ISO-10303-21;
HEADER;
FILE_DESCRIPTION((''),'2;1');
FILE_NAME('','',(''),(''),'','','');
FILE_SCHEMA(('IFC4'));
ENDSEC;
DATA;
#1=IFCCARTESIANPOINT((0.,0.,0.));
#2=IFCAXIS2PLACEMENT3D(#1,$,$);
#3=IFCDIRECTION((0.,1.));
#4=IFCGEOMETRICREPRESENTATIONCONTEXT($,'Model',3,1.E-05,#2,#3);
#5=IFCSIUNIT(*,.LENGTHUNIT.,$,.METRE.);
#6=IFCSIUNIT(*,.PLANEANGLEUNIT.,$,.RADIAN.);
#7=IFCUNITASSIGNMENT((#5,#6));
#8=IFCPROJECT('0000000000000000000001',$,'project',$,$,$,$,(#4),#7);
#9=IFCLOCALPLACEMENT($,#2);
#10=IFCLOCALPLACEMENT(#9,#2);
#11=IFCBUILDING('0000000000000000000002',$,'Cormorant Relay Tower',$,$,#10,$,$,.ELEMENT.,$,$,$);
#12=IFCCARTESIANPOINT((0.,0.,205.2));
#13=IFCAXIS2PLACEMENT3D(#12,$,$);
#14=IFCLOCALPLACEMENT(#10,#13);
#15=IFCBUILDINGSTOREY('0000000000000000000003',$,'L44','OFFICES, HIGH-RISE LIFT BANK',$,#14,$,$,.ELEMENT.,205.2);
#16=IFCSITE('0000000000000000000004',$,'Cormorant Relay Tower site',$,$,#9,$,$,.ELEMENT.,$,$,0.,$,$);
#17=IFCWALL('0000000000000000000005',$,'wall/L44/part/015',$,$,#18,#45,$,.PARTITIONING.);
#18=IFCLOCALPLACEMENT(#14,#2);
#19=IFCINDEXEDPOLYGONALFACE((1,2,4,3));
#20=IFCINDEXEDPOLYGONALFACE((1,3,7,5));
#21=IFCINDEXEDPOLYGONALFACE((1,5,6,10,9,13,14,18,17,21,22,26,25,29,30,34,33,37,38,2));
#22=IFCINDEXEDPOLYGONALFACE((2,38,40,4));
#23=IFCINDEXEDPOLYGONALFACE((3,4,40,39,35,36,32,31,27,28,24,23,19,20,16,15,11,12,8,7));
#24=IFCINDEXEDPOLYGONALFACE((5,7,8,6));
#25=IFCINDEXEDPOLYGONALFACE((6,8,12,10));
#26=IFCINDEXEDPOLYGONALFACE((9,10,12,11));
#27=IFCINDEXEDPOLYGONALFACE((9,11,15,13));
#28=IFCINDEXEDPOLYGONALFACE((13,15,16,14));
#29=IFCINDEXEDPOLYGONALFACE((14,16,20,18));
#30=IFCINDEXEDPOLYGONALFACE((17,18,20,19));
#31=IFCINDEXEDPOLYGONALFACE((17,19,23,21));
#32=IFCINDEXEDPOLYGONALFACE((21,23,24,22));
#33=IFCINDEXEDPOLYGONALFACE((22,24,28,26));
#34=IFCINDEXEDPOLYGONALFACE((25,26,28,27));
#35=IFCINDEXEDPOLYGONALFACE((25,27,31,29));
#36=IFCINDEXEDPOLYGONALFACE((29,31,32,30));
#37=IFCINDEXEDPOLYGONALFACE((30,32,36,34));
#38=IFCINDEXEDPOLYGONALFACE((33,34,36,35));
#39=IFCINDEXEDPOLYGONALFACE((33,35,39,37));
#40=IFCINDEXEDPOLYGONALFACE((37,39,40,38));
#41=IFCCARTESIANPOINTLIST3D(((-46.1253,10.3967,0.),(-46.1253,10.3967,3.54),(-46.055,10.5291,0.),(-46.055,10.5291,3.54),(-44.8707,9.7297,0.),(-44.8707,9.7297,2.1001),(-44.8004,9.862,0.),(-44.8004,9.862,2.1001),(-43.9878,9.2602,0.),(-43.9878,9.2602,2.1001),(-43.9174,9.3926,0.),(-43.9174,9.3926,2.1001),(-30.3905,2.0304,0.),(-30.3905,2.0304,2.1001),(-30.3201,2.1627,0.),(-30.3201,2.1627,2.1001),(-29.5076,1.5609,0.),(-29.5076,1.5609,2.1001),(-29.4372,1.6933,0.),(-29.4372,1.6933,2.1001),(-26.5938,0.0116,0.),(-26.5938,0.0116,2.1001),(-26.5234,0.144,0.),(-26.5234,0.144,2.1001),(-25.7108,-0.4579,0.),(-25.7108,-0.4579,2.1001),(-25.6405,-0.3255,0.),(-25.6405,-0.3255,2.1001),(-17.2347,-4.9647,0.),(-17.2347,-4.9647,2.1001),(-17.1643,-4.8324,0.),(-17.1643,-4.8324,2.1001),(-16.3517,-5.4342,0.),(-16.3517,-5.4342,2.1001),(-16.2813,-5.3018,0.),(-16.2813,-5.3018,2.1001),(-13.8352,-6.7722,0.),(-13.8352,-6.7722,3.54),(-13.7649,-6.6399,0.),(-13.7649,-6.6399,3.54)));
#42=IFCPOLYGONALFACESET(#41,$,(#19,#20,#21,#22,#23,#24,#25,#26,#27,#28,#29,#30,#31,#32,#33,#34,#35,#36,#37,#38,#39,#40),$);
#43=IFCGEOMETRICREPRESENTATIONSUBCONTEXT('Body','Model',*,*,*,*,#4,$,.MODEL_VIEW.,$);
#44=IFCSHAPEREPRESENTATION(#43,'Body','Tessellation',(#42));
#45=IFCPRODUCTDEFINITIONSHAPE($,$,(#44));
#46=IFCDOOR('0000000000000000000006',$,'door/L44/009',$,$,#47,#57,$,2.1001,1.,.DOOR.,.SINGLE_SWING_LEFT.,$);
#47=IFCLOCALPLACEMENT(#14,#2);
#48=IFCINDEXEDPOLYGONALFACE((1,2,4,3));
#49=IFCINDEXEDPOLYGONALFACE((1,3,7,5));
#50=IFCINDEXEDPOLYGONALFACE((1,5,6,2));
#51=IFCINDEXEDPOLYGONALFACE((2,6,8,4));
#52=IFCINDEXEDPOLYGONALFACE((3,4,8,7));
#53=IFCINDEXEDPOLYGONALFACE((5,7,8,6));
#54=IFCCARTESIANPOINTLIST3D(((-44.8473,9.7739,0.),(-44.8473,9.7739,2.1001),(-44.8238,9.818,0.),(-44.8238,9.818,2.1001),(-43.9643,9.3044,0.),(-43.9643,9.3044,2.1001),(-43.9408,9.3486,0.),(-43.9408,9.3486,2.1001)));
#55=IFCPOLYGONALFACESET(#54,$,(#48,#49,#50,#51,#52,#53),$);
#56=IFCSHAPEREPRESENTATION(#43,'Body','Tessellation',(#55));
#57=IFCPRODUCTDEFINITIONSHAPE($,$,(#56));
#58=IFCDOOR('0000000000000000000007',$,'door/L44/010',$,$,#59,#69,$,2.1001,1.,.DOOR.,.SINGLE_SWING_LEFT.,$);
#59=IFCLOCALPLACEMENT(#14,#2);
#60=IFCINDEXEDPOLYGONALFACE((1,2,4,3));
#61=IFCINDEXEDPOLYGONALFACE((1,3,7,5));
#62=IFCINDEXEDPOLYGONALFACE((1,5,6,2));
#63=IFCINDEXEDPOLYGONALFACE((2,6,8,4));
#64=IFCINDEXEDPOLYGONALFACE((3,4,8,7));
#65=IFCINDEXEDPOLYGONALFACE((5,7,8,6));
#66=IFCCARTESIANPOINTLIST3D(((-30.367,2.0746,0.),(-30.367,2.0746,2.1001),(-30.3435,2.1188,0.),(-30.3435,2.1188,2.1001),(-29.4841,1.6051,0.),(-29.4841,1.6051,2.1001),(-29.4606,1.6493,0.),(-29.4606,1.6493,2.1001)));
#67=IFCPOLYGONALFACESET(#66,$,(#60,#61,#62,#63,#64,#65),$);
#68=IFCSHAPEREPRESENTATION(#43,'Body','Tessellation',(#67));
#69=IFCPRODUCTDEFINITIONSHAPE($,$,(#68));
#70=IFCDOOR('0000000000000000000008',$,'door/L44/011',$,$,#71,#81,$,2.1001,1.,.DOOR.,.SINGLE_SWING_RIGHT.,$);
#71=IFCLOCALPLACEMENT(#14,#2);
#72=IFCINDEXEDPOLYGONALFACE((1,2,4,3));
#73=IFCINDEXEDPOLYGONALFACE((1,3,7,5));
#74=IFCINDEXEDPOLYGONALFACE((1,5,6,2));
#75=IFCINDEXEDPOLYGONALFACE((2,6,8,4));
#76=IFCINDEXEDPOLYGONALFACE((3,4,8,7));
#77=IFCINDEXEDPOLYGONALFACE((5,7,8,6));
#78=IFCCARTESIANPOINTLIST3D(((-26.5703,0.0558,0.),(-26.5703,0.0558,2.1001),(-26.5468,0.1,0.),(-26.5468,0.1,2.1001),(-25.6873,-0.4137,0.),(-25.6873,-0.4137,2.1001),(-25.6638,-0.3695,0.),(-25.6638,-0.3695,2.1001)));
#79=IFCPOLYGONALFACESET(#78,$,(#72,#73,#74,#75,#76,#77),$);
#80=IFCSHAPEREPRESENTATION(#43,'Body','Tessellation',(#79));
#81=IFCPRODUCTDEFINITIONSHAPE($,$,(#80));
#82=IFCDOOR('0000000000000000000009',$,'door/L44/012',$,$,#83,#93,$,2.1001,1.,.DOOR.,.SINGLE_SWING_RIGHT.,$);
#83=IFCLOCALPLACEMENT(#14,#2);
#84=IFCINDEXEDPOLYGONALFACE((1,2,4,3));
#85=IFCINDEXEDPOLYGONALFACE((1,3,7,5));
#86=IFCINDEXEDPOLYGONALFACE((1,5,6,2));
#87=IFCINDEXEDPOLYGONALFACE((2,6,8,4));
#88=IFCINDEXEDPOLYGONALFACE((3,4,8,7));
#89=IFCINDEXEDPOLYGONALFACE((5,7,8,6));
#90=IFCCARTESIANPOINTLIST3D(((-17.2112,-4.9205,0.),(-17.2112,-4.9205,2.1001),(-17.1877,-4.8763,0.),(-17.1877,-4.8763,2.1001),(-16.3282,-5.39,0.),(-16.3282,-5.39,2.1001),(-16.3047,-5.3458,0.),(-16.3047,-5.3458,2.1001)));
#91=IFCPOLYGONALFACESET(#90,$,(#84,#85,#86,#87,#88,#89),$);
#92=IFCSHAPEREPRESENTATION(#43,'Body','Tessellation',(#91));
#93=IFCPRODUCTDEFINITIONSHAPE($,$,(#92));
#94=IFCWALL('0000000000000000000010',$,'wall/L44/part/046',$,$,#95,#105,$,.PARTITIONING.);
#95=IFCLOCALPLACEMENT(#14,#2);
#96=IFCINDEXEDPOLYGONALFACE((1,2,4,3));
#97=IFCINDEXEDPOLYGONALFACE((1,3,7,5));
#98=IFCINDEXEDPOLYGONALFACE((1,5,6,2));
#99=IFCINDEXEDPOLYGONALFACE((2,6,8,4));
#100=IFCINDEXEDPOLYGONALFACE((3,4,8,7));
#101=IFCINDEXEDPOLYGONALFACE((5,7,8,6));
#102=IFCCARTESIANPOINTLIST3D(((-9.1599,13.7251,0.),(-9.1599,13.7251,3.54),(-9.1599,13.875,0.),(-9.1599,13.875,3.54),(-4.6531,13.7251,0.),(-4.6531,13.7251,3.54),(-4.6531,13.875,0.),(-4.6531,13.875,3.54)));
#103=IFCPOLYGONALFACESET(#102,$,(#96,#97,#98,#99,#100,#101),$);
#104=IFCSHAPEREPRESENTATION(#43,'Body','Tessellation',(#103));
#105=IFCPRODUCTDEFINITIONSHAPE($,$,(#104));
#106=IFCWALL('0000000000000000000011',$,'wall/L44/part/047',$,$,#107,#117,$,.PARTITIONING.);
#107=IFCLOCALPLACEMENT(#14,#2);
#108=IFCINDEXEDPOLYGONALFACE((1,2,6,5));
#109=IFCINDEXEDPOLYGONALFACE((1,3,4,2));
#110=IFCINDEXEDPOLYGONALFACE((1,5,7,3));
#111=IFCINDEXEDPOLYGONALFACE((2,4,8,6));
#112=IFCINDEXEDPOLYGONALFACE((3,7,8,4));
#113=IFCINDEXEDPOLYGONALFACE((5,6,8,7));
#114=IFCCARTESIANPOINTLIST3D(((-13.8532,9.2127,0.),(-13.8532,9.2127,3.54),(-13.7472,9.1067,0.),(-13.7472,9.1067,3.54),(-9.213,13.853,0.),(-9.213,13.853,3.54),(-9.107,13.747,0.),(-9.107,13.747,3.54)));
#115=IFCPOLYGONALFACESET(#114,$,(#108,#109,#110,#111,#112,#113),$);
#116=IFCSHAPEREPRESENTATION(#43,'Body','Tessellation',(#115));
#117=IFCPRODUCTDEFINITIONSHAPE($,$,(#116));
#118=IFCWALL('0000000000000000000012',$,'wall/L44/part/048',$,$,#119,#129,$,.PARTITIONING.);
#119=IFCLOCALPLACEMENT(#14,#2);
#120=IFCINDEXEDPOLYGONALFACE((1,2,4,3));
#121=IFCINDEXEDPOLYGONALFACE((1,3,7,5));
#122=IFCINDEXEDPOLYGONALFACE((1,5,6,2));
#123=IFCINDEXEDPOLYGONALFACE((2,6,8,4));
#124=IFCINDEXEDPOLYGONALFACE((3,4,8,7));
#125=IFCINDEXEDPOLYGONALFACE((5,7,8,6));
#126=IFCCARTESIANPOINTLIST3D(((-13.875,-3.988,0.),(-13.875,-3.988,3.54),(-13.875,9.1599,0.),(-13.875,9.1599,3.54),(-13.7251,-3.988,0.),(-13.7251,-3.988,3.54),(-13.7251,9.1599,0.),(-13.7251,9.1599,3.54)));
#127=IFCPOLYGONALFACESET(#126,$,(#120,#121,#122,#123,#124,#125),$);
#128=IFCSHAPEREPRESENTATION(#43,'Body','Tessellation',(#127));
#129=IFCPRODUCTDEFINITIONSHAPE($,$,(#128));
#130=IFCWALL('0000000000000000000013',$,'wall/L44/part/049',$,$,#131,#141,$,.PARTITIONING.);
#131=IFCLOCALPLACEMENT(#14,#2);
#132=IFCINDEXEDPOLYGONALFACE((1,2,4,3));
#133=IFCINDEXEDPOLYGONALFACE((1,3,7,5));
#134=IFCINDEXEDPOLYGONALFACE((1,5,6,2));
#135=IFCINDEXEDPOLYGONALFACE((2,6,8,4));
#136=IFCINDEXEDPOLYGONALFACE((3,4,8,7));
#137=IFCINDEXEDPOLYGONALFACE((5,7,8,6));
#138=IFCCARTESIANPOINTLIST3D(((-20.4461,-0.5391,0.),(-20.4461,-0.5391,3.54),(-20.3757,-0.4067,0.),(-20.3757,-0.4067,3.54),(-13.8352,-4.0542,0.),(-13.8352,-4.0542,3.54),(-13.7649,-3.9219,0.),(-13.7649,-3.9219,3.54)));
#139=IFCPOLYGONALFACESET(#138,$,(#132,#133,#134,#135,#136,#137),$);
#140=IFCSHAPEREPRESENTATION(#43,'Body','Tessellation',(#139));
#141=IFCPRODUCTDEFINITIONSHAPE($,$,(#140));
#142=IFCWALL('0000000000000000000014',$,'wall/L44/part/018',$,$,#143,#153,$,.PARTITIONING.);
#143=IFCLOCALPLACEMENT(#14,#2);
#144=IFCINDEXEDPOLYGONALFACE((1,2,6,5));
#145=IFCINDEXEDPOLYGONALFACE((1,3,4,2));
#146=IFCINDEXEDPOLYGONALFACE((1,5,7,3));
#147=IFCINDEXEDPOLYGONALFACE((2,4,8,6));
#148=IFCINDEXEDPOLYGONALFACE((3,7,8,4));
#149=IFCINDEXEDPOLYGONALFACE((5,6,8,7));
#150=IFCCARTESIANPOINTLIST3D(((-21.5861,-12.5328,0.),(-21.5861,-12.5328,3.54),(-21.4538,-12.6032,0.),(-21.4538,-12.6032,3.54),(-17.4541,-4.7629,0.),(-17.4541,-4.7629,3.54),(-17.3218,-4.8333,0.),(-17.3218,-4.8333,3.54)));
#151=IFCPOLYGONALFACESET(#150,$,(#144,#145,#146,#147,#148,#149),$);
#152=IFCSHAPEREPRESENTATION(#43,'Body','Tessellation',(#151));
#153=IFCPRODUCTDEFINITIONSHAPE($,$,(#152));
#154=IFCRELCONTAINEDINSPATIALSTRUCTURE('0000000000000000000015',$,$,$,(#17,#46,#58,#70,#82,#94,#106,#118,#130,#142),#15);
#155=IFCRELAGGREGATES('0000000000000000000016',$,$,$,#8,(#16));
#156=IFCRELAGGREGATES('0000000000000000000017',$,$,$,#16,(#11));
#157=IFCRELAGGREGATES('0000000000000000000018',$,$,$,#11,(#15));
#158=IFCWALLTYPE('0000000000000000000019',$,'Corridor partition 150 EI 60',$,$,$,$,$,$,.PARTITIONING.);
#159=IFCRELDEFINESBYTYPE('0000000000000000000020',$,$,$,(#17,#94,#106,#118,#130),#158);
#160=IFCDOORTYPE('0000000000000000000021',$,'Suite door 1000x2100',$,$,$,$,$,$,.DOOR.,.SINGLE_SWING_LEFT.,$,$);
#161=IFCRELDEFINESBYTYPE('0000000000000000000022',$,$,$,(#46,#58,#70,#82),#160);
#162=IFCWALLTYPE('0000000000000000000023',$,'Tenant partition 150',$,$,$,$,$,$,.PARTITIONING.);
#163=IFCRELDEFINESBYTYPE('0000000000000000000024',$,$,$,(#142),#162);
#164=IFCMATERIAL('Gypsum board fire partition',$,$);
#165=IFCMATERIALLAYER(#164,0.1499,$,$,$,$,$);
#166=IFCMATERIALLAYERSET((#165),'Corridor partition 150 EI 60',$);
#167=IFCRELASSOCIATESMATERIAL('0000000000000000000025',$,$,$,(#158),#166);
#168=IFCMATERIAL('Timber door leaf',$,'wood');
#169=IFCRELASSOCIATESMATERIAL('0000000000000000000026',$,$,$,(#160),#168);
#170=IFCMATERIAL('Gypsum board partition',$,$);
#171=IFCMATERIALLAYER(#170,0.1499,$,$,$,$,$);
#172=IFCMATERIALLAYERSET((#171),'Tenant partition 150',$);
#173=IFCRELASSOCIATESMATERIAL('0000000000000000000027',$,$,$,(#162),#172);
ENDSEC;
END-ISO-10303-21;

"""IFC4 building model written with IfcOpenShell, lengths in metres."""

from ifc_helpers import new_model, si_unit, direction, frame, frame_2d, origin, place, context, subcontext, project, spatial, rectangle, extrude, material, layer, layer_set, type_object, element, fill, save


model = new_model("IFC4")

# Units and contexts
model_context = context("Model", 3, precision=1e-05, world=origin(), true_north=direction((0.0, 1.0)))
body_context = subcontext(model_context, "Body", "Model", "MODEL_VIEW")
ifc_project = project(units=[si_unit("LENGTHUNIT", "METRE"), si_unit("PLANEANGLEUNIT", "RADIAN")], contexts=[model_context])

# Site, building, storey
site_placement = place(None, origin())
site = spatial("IfcSite", under=ifc_project, at=site_placement, Name="Cormorant Relay Tower site", CompositionType="ELEMENT", RefElevation=0.0)
building_placement = place(site_placement, origin())
building = spatial("IfcBuilding", under=site, at=building_placement, Name="Cormorant Relay Tower", CompositionType="ELEMENT")
storey_placement = place(building_placement, frame((0.0, 0.0, 205.2)))
storey = spatial("IfcBuildingStorey", under=building, at=storey_placement, Name="L44", Description="OFFICES, HIGH-RISE LIFT BANK", CompositionType="ELEMENT", Elevation=205.2)

# Wall, openings, doors
ifc_material_1 = material(Name="Gypsum board fire partition")
ifc_layer_1 = layer(ifc_material_1, 0.1499)
ifc_layer_set_1 = layer_set([ifc_layer_1], Name="Corridor partition 150 EI 60")
wall_type_1 = type_object("IfcWallType", Name="Corridor partition 150 EI 60", PredefinedType="PARTITIONING", material=ifc_layer_set_1)
wall_1_placement = place(storey_placement, frame((-13.8, -6.7061, 0.0), z_axis=(0.0, 0.0, 1.0), x_axis=(-0.882947, 0.469472, 0.0)))
wall_1 = element("IfcWall", 1, at=wall_1_placement, inside=storey, type_object=wall_type_1, Name="wall/L44/part/015", PredefinedType="PARTITIONING", context=body_context, shape_type="SweptSolid", body=[
    extrude(rectangle(XDim=36.5708, YDim=0.1499, at=frame_2d((18.2854, 0.0))), origin(), (0.0, 0.0, 1.0), 3.54),
])
opening_1_placement = place(wall_1_placement, frame((34.1499, 0.0, 0.0)))
opening_1 = element("IfcOpeningElement", 2, at=opening_1_placement, cuts=wall_1, PredefinedType="OPENING", context=body_context, shape_type="SweptSolid", body=[
    extrude(rectangle(XDim=1.0, YDim=2.1001, at=frame_2d((0.5, 1.05))), frame((0.0, 0.085, 0.0), z_axis=(0.0, -1.0, 0.0), x_axis=(1.0, 0.0, 0.0)), (0.0, 0.0, 1.0), 0.1699),
])
opening_2_placement = place(wall_1_placement, frame((17.75, 0.0, 0.0)))
opening_2 = element("IfcOpeningElement", 3, at=opening_2_placement, cuts=wall_1, PredefinedType="OPENING", context=body_context, shape_type="SweptSolid", body=[
    extrude(rectangle(XDim=1.0, YDim=2.1001, at=frame_2d((0.5, 1.05))), frame((0.0, 0.085, 0.0), z_axis=(0.0, -1.0, 0.0), x_axis=(1.0, 0.0, 0.0)), (0.0, 0.0, 1.0), 0.1699),
])
opening_3_placement = place(wall_1_placement, frame((13.45, 0.0, 0.0)))
opening_3 = element("IfcOpeningElement", 4, at=opening_3_placement, cuts=wall_1, PredefinedType="OPENING", context=body_context, shape_type="SweptSolid", body=[
    extrude(rectangle(XDim=1.0, YDim=2.1001, at=frame_2d((0.5, 1.05))), frame((0.0, 0.085, 0.0), z_axis=(0.0, -1.0, 0.0), x_axis=(1.0, 0.0, 0.0)), (0.0, 0.0, 1.0), 0.1699),
])
opening_4_placement = place(wall_1_placement, frame((2.8501, 0.0, 0.0)))
opening_4 = element("IfcOpeningElement", 5, at=opening_4_placement, cuts=wall_1, PredefinedType="OPENING", context=body_context, shape_type="SweptSolid", body=[
    extrude(rectangle(XDim=1.0, YDim=2.1001, at=frame_2d((0.5, 1.05))), frame((0.0, 0.085, 0.0), z_axis=(0.0, -1.0, 0.0), x_axis=(1.0, 0.0, 0.0)), (0.0, 0.0, 1.0), 0.1699),
])
ifc_material_2 = material(Name="Timber door leaf", Category="wood")
door_type_1 = type_object("IfcDoorType", Name="Suite door 1000x2100", OperationType="SINGLE_SWING_LEFT", PredefinedType="DOOR", material=ifc_material_2)
door_1_placement = place(opening_1_placement, origin())
door_1 = element("IfcDoor", 6, at=door_1_placement, inside=storey, type_object=door_type_1, Name="door/L44/009", OperationType="SINGLE_SWING_LEFT", OverallHeight=2.1001, OverallWidth=1.0, PredefinedType="DOOR", context=body_context, shape_type="SweptSolid", body=[
    extrude(rectangle(XDim=1.0, YDim=2.1001, at=frame_2d((0.5, 1.05))), frame((0.0, 0.0249, 0.0), z_axis=(0.0, -1.0, 0.0), x_axis=(1.0, 0.0, 0.0)), (0.0, 0.0, 1.0), 0.05),
])
fill(opening_1, door_1)
door_2_placement = place(opening_2_placement, origin())
door_2 = element("IfcDoor", 7, at=door_2_placement, inside=storey, type_object=door_type_1, Name="door/L44/010", OperationType="SINGLE_SWING_LEFT", OverallHeight=2.1001, OverallWidth=1.0, PredefinedType="DOOR", context=body_context, shape_type="SweptSolid", body=[
    extrude(rectangle(XDim=1.0, YDim=2.1001, at=frame_2d((0.5, 1.05))), frame((0.0, 0.0249, 0.0), z_axis=(0.0, -1.0, 0.0), x_axis=(1.0, 0.0, 0.0)), (0.0, 0.0, 1.0), 0.05),
])
fill(opening_2, door_2)
door_3_placement = place(opening_3_placement, origin())
door_3 = element("IfcDoor", 8, at=door_3_placement, inside=storey, type_object=door_type_1, Name="door/L44/011", OperationType="SINGLE_SWING_RIGHT", OverallHeight=2.1001, OverallWidth=1.0, PredefinedType="DOOR", context=body_context, shape_type="SweptSolid", body=[
    extrude(rectangle(XDim=1.0, YDim=2.1001, at=frame_2d((0.5, 1.05))), frame((0.0, 0.0249, 0.0), z_axis=(0.0, -1.0, 0.0), x_axis=(1.0, 0.0, 0.0)), (0.0, 0.0, 1.0), 0.05),
])
fill(opening_3, door_3)
door_4_placement = place(opening_4_placement, origin())
door_4 = element("IfcDoor", 9, at=door_4_placement, inside=storey, type_object=door_type_1, Name="door/L44/012", OperationType="SINGLE_SWING_RIGHT", OverallHeight=2.1001, OverallWidth=1.0, PredefinedType="DOOR", context=body_context, shape_type="SweptSolid", body=[
    extrude(rectangle(XDim=1.0, YDim=2.1001, at=frame_2d((0.5, 1.05))), frame((0.0, 0.0249, 0.0), z_axis=(0.0, -1.0, 0.0), x_axis=(1.0, 0.0, 0.0)), (0.0, 0.0, 1.0), 0.05),
])
fill(opening_4, door_4)

# Walls
wall_2_placement = place(storey_placement, frame((-4.6531, 13.8, 0.0), z_axis=(0.0, 0.0, 1.0), x_axis=(-1.0, 0.0, 0.0)))
element("IfcWall", 10, at=wall_2_placement, inside=storey, type_object=wall_type_1, Name="wall/L44/part/046", PredefinedType="PARTITIONING", context=body_context, shape_type="SweptSolid", body=[
    extrude(rectangle(XDim=4.5068, YDim=0.1499, at=frame_2d((2.2534, 0.0))), origin(), (0.0, 0.0, 1.0), 3.54),
])
wall_3_placement = place(storey_placement, frame((-9.1599, 13.8, 0.0), z_axis=(0.0, 0.0, 1.0), x_axis=(-0.707107, -0.707107, 0.0)))
element("IfcWall", 11, at=wall_3_placement, inside=storey, type_object=wall_type_1, Name="wall/L44/part/047", PredefinedType="PARTITIONING", context=body_context, shape_type="SweptSolid", body=[
    extrude(rectangle(XDim=6.5623, YDim=0.1499, at=frame_2d((3.2812, 0.0))), origin(), (0.0, 0.0, 1.0), 3.54),
])
wall_4_placement = place(storey_placement, frame((-13.8, 9.1599, 0.0), z_axis=(0.0, 0.0, 1.0), x_axis=(0.0, -1.0, 0.0)))
element("IfcWall", 12, at=wall_4_placement, inside=storey, type_object=wall_type_1, Name="wall/L44/part/048", PredefinedType="PARTITIONING", context=body_context, shape_type="SweptSolid", body=[
    extrude(rectangle(XDim=13.1479, YDim=0.1499, at=frame_2d((6.574, 0.0))), origin(), (0.0, 0.0, 1.0), 3.54),
])
wall_5_placement = place(storey_placement, frame((-13.8, -3.988, 0.0), z_axis=(0.0, 0.0, 1.0), x_axis=(-0.882943, 0.469481, 0.0)))
element("IfcWall", 13, at=wall_5_placement, inside=storey, type_object=wall_type_1, Name="wall/L44/part/049", PredefinedType="PARTITIONING", context=body_context, shape_type="SweptSolid", body=[
    extrude(rectangle(XDim=7.4873, YDim=0.1499, at=frame_2d((3.7437, 0.0))), origin(), (0.0, 0.0, 1.0), 3.54),
])
ifc_material_3 = material(Name="Gypsum board partition")
ifc_layer_2 = layer(ifc_material_3, 0.1499)
ifc_layer_set_2 = layer_set([ifc_layer_2], Name="Tenant partition 150")
wall_type_2 = type_object("IfcWallType", Name="Tenant partition 150", PredefinedType="PARTITIONING", material=ifc_layer_set_2)
wall_6_placement = place(storey_placement, frame((-17.3879, -4.7981, 0.0), z_axis=(0.0, 0.0, 1.0), x_axis=(-0.469532, -0.882915, 0.0)))
element("IfcWall", 14, at=wall_6_placement, inside=storey, type_object=wall_type_2, Name="wall/L44/part/018", PredefinedType="PARTITIONING", context=body_context, shape_type="SweptSolid", body=[
    extrude(rectangle(XDim=8.8003, YDim=0.1499, at=frame_2d((4.4001, 0.0))), origin(), (0.0, 0.0, 1.0), 3.54),
])

save(model, "model.ifc")
